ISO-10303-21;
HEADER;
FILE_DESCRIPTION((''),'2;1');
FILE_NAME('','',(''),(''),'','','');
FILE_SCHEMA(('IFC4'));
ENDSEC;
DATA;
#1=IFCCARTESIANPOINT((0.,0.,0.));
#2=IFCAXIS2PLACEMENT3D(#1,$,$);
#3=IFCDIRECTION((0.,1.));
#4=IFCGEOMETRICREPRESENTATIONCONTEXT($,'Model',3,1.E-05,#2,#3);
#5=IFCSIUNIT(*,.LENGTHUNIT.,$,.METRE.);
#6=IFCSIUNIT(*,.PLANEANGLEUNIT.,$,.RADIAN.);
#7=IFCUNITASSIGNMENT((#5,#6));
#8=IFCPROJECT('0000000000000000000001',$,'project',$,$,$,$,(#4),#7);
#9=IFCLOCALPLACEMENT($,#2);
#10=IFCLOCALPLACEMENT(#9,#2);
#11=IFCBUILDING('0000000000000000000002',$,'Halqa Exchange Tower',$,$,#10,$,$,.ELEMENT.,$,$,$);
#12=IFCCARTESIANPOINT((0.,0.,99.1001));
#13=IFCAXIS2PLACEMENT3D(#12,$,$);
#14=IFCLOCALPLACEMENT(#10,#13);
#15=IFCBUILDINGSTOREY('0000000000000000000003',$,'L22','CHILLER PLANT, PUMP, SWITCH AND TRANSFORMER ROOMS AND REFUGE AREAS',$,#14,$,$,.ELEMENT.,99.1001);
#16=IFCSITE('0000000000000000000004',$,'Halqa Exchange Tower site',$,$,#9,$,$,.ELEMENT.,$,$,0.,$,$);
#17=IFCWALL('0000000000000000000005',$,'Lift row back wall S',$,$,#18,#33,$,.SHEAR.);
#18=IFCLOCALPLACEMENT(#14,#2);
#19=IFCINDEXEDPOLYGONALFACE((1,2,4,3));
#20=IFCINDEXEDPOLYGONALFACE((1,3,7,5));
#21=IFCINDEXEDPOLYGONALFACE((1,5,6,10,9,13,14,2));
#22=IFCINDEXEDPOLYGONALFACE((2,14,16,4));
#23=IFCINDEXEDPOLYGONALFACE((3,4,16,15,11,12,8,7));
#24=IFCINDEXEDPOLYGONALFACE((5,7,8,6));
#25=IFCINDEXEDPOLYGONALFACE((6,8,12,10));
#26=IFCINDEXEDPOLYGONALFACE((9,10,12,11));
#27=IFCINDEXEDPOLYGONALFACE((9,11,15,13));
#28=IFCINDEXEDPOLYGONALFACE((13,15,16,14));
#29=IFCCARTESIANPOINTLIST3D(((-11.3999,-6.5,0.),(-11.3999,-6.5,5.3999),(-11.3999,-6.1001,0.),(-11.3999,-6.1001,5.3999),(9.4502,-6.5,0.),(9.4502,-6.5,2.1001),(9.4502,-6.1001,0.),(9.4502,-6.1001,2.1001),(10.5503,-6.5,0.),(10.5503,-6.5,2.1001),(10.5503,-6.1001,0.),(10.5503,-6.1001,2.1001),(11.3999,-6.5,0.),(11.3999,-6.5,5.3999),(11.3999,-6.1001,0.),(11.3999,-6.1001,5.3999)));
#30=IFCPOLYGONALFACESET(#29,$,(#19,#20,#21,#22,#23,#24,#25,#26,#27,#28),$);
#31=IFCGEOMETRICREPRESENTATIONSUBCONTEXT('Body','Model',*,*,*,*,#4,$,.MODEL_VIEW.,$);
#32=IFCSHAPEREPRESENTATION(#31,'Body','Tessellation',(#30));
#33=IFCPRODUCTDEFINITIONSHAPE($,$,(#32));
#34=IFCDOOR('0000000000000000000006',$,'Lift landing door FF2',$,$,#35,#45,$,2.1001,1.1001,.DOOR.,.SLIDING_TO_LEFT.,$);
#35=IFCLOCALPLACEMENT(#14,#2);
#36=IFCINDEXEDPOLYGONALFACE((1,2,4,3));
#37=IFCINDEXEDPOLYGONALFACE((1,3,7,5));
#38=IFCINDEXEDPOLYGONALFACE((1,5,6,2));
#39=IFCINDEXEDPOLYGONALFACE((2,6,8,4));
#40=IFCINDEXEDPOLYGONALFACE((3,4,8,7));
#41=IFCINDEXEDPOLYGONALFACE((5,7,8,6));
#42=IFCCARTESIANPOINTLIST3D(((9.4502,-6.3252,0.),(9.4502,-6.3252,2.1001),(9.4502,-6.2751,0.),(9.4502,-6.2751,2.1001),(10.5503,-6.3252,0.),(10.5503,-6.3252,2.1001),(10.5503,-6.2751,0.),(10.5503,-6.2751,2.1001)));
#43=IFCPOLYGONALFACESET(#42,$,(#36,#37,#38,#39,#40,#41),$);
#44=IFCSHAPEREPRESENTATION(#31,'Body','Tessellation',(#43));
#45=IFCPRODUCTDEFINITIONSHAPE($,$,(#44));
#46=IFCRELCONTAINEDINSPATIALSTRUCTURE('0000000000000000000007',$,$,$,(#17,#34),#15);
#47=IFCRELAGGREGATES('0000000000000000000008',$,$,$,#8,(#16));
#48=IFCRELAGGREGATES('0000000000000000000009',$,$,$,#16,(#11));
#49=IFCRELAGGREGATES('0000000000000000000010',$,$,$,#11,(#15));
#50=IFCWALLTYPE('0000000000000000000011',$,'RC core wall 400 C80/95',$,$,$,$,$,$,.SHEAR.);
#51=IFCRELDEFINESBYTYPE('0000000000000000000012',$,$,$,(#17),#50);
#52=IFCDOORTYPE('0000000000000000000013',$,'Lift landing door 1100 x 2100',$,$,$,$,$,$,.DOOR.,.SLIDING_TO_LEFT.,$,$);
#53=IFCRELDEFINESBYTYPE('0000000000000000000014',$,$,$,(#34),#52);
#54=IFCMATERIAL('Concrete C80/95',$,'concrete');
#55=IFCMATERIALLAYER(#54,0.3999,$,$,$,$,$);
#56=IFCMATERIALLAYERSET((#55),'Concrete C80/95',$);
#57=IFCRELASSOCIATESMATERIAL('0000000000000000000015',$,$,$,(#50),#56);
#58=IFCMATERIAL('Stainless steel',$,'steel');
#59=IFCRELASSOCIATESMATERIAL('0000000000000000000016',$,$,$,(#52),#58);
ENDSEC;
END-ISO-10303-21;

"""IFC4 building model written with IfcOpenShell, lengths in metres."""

from ifc_helpers import new_model, si_unit, direction, frame, frame_2d, origin, place, context, subcontext, project, spatial, rectangle, extrude, material, layer, layer_set, type_object, element, fill, save


model = new_model("IFC4")

# Units and contexts
model_context = context("Model", 3, precision=1e-05, world=origin(), true_north=direction((0.0, 1.0)))
body_context = subcontext(model_context, "Body", "Model", "MODEL_VIEW")
ifc_project = project(units=[si_unit("LENGTHUNIT", "METRE"), si_unit("PLANEANGLEUNIT", "RADIAN")], contexts=[model_context])

# Site, building, storey
site_placement = place(None, origin())
site = spatial("IfcSite", under=ifc_project, at=site_placement, Name="Halqa Exchange Tower site", CompositionType="ELEMENT", RefElevation=0.0)
building_placement = place(site_placement, origin())
building = spatial("IfcBuilding", under=site, at=building_placement, Name="Halqa Exchange Tower", CompositionType="ELEMENT")
storey_placement = place(building_placement, frame((0.0, 0.0, 99.1001)))
storey = spatial("IfcBuildingStorey", under=building, at=storey_placement, Name="L22", Description="CHILLER PLANT, PUMP, SWITCH AND TRANSFORMER ROOMS AND REFUGE AREAS", CompositionType="ELEMENT", Elevation=99.1001)

# Wall, opening, door
ifc_material_1 = material(Name="Concrete C80/95", Category="concrete")
ifc_layer_1 = layer(ifc_material_1, 0.3999)
ifc_layer_set_1 = layer_set([ifc_layer_1], Name="Concrete C80/95")
wall_type_1 = type_object("IfcWallType", Name="RC core wall 400 C80/95", PredefinedType="SHEAR", material=ifc_layer_set_1)
ifc_material_2 = material(Name="Stainless steel", Category="steel")
door_type = type_object("IfcDoorType", Name="Lift landing door 1100 x 2100", OperationType="SLIDING_TO_LEFT", PredefinedType="DOOR", material=ifc_material_2)
wall_1_placement = place(storey_placement, frame((-11.3999, -6.3, 0.0), z_axis=(0.0, 0.0, 1.0), x_axis=(1.0, 0.0, 0.0)))
wall_1 = element("IfcWall", 1, at=wall_1_placement, inside=storey, type_object=wall_type_1, Name="Lift row back wall S", PredefinedType="SHEAR", context=body_context, shape_type="SweptSolid", body=[
    extrude(rectangle(XDim=22.7998, YDim=0.3999, at=frame_2d((11.3999, 0.0))), origin(), (0.0, 0.0, 1.0), 5.3999),
])
opening_1_placement = place(wall_1_placement, frame((20.8501, 0.0, 0.0)))
opening_1 = element("IfcOpeningElement", 2, at=opening_1_placement, cuts=wall_1, PredefinedType="OPENING", context=body_context, shape_type="SweptSolid", body=[
    extrude(rectangle(XDim=1.1001, YDim=2.1001, at=frame_2d((0.55, 1.05))), frame((0.0, 0.2119, 0.0), z_axis=(0.0, -1.0, 0.0), x_axis=(1.0, 0.0, 0.0)), (0.0, 0.0, 1.0), 0.4238),
])
door_1_placement = place(opening_1_placement, origin())
door_1 = element("IfcDoor", 3, at=door_1_placement, inside=storey, type_object=door_type, Name="Lift landing door FF2", OperationType="SLIDING_TO_LEFT", OverallHeight=2.1001, OverallWidth=1.1001, PredefinedType="DOOR", context=body_context, shape_type="SweptSolid", body=[
    extrude(rectangle(XDim=1.1001, YDim=2.1001, at=frame_2d((0.55, 1.05))), frame((0.0, 0.0249, 0.0), z_axis=(0.0, -1.0, 0.0), x_axis=(1.0, 0.0, 0.0)), (0.0, 0.0, 1.0), 0.05),
])
fill(opening_1, door_1)

save(model, "model.ifc")
